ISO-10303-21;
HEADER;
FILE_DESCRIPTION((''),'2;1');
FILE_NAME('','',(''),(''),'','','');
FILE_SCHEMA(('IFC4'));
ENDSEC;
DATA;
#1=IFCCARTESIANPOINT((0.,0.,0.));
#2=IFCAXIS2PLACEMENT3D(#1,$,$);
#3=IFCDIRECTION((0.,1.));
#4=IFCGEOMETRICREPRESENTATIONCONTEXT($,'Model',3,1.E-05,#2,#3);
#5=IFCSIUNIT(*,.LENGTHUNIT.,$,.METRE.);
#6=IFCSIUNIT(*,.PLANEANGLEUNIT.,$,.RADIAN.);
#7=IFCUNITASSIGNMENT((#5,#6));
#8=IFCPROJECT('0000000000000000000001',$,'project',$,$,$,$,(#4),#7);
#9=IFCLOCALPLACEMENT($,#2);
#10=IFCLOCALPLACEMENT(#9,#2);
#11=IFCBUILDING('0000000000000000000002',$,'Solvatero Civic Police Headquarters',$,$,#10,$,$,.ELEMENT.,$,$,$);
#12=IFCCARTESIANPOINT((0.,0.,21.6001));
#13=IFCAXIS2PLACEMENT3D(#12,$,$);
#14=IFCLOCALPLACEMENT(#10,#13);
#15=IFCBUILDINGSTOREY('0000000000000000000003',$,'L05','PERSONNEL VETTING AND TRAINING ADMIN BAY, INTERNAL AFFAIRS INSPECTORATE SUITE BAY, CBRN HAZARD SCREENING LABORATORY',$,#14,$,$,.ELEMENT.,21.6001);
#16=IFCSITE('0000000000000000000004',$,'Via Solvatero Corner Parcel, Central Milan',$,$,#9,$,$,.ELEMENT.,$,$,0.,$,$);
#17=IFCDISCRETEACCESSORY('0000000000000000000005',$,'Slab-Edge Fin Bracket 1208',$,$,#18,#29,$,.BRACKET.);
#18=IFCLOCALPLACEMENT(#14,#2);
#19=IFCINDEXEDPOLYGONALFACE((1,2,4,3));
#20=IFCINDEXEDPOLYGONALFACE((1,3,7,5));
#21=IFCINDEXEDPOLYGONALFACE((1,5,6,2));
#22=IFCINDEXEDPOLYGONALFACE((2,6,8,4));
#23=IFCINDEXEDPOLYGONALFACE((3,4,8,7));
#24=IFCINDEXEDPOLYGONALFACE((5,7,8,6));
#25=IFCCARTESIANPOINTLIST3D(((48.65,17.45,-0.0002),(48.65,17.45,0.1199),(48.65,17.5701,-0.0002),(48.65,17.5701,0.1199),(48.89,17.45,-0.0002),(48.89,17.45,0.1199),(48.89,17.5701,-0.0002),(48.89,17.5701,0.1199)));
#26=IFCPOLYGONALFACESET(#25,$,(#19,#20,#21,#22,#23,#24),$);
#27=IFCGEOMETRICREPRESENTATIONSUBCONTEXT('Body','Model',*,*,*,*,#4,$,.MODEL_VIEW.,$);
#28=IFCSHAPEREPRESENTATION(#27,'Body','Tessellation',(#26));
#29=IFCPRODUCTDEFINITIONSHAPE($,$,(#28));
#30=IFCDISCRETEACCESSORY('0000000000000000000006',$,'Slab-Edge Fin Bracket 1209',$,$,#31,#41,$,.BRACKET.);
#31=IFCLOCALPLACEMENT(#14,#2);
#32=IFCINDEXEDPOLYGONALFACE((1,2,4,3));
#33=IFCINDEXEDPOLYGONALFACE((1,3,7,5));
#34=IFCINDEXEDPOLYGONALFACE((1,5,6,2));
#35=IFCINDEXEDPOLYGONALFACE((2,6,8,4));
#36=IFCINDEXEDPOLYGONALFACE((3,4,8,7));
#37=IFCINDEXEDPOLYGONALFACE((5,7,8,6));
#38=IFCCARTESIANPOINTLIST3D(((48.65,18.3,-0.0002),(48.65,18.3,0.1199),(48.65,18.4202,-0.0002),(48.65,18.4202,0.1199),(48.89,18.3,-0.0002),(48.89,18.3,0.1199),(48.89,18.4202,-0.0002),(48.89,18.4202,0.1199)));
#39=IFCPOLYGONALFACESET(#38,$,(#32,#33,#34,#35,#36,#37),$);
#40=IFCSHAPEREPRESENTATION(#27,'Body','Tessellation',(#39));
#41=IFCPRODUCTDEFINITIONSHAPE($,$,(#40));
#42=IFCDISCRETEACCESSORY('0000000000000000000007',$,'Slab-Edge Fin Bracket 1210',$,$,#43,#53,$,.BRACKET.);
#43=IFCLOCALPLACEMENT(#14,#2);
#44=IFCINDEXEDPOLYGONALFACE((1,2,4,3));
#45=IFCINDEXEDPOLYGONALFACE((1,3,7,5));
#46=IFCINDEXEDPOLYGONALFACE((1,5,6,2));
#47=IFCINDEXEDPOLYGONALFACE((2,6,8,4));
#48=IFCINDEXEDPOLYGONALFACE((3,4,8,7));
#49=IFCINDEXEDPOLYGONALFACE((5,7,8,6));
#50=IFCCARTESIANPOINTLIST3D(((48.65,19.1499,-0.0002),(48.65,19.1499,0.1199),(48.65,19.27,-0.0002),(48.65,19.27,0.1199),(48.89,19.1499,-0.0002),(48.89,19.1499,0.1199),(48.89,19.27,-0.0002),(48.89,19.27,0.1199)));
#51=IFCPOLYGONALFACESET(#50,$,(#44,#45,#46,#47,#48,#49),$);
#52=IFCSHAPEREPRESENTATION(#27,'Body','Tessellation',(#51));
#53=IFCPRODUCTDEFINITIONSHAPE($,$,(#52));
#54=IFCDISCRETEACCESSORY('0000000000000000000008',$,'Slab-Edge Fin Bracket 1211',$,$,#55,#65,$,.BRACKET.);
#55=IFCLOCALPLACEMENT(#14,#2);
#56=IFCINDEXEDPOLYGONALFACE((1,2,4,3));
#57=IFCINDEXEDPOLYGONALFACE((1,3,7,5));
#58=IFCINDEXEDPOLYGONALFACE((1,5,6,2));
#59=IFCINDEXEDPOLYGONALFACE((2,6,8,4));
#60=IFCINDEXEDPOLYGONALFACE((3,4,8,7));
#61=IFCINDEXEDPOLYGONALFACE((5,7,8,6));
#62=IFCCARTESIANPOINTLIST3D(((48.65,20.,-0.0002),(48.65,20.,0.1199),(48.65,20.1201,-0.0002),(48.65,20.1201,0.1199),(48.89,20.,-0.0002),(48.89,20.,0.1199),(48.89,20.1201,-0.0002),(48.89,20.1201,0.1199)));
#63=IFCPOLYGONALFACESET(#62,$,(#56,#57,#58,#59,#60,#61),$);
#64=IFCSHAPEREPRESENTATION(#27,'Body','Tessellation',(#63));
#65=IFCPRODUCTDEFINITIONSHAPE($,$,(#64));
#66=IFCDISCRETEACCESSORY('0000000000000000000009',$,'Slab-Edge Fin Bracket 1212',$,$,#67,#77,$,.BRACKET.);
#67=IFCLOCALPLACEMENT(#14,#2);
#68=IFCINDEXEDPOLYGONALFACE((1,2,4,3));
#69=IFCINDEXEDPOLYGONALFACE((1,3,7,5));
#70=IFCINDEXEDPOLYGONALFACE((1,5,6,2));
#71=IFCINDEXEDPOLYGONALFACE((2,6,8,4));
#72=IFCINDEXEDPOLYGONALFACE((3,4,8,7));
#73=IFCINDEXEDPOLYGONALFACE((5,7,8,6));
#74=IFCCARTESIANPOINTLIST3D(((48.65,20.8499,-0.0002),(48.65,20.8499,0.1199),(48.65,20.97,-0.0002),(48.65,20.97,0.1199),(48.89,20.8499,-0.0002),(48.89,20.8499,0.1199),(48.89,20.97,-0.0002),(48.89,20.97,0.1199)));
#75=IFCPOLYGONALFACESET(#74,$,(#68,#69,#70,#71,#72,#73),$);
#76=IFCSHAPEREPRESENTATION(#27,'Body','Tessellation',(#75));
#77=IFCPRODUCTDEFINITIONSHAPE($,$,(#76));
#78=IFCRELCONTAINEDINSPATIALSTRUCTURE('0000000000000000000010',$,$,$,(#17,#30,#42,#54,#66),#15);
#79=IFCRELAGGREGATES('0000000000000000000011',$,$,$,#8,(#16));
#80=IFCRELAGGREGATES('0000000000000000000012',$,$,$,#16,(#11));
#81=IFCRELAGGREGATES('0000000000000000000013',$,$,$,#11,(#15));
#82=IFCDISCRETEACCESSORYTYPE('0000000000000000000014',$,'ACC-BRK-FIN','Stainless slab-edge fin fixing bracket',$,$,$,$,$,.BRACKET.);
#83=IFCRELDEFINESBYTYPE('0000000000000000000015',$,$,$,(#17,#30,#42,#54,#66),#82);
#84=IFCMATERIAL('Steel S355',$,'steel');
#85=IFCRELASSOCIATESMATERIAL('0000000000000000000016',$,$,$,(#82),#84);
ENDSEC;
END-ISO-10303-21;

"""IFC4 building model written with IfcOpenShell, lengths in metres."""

from ifc_helpers import new_model, si_unit, direction, frame, origin, origin_2d, place, context, subcontext, project, spatial, rectangle, extrude, material, type_object, element, save


model = new_model("IFC4")

# Units and contexts
model_context = context("Model", 3, precision=1e-05, world=origin(), true_north=direction((0.0, 1.0)))
body_context = subcontext(model_context, "Body", "Model", "MODEL_VIEW")
ifc_project = project(units=[si_unit("LENGTHUNIT", "METRE"), si_unit("PLANEANGLEUNIT", "RADIAN")], contexts=[model_context])

# Site, building, storey
site_placement = place(None, origin())
site = spatial("IfcSite", under=ifc_project, at=site_placement, Name="Via Solvatero Corner Parcel, Central Milan", CompositionType="ELEMENT", RefElevation=0.0)
building_placement = place(site_placement, origin())
building = spatial("IfcBuilding", under=site, at=building_placement, Name="Solvatero Civic Police Headquarters", CompositionType="ELEMENT")
storey_placement = place(building_placement, frame((0.0, 0.0, 21.6001)))
storey = spatial("IfcBuildingStorey", under=building, at=storey_placement, Name="L05", Description="PERSONNEL VETTING AND TRAINING ADMIN BAY, INTERNAL AFFAIRS INSPECTORATE SUITE BAY, CBRN HAZARD SCREENING LABORATORY", CompositionType="ELEMENT", Elevation=21.6001)

# Discrete accessories
ifc_material_1 = material(Name="Steel S355", Category="steel")
discrete_accessory_type = type_object("IfcDiscreteAccessoryType", Name="ACC-BRK-FIN", Description="Stainless slab-edge fin fixing bracket", PredefinedType="BRACKET", material=ifc_material_1)
for number, where, z_axis, x_axis, name in (
    (1, (48.77, 17.51, -0.0002), (0.0, 0.0, 1.0), (0.0, 1.0, 0.0), "Slab-Edge Fin Bracket 1208"),
    (2, (48.77, 18.3601, -0.0002), (0.0, 0.0, 1.0), (0.0, 1.0, 0.0), "Slab-Edge Fin Bracket 1209"),
    (3, (48.77, 19.21, -0.0002), (0.0, 0.0, 1.0), (0.0, 1.0, 0.0), "Slab-Edge Fin Bracket 1210"),
    (4, (48.77, 20.0601, -0.0002), (0.0, 0.0, 1.0), (0.0, 1.0, 0.0), "Slab-Edge Fin Bracket 1211"),
    (5, (48.77, 20.9099, -0.0002), (0.0, 0.0, 1.0), (0.0, 1.0, 0.0), "Slab-Edge Fin Bracket 1212"),
):
    element("IfcDiscreteAccessory", number, at=place(storey_placement, frame(where, z_axis=z_axis, x_axis=x_axis)), inside=storey, type_object=discrete_accessory_type, Name=name, PredefinedType="BRACKET", context=body_context, shape_type="SweptSolid", body=[
        extrude(rectangle(XDim=0.1201, YDim=0.24, at=origin_2d()), origin(), (0.0, 0.0, 1.0), 0.1201),
    ])

save(model, "model.ifc")
